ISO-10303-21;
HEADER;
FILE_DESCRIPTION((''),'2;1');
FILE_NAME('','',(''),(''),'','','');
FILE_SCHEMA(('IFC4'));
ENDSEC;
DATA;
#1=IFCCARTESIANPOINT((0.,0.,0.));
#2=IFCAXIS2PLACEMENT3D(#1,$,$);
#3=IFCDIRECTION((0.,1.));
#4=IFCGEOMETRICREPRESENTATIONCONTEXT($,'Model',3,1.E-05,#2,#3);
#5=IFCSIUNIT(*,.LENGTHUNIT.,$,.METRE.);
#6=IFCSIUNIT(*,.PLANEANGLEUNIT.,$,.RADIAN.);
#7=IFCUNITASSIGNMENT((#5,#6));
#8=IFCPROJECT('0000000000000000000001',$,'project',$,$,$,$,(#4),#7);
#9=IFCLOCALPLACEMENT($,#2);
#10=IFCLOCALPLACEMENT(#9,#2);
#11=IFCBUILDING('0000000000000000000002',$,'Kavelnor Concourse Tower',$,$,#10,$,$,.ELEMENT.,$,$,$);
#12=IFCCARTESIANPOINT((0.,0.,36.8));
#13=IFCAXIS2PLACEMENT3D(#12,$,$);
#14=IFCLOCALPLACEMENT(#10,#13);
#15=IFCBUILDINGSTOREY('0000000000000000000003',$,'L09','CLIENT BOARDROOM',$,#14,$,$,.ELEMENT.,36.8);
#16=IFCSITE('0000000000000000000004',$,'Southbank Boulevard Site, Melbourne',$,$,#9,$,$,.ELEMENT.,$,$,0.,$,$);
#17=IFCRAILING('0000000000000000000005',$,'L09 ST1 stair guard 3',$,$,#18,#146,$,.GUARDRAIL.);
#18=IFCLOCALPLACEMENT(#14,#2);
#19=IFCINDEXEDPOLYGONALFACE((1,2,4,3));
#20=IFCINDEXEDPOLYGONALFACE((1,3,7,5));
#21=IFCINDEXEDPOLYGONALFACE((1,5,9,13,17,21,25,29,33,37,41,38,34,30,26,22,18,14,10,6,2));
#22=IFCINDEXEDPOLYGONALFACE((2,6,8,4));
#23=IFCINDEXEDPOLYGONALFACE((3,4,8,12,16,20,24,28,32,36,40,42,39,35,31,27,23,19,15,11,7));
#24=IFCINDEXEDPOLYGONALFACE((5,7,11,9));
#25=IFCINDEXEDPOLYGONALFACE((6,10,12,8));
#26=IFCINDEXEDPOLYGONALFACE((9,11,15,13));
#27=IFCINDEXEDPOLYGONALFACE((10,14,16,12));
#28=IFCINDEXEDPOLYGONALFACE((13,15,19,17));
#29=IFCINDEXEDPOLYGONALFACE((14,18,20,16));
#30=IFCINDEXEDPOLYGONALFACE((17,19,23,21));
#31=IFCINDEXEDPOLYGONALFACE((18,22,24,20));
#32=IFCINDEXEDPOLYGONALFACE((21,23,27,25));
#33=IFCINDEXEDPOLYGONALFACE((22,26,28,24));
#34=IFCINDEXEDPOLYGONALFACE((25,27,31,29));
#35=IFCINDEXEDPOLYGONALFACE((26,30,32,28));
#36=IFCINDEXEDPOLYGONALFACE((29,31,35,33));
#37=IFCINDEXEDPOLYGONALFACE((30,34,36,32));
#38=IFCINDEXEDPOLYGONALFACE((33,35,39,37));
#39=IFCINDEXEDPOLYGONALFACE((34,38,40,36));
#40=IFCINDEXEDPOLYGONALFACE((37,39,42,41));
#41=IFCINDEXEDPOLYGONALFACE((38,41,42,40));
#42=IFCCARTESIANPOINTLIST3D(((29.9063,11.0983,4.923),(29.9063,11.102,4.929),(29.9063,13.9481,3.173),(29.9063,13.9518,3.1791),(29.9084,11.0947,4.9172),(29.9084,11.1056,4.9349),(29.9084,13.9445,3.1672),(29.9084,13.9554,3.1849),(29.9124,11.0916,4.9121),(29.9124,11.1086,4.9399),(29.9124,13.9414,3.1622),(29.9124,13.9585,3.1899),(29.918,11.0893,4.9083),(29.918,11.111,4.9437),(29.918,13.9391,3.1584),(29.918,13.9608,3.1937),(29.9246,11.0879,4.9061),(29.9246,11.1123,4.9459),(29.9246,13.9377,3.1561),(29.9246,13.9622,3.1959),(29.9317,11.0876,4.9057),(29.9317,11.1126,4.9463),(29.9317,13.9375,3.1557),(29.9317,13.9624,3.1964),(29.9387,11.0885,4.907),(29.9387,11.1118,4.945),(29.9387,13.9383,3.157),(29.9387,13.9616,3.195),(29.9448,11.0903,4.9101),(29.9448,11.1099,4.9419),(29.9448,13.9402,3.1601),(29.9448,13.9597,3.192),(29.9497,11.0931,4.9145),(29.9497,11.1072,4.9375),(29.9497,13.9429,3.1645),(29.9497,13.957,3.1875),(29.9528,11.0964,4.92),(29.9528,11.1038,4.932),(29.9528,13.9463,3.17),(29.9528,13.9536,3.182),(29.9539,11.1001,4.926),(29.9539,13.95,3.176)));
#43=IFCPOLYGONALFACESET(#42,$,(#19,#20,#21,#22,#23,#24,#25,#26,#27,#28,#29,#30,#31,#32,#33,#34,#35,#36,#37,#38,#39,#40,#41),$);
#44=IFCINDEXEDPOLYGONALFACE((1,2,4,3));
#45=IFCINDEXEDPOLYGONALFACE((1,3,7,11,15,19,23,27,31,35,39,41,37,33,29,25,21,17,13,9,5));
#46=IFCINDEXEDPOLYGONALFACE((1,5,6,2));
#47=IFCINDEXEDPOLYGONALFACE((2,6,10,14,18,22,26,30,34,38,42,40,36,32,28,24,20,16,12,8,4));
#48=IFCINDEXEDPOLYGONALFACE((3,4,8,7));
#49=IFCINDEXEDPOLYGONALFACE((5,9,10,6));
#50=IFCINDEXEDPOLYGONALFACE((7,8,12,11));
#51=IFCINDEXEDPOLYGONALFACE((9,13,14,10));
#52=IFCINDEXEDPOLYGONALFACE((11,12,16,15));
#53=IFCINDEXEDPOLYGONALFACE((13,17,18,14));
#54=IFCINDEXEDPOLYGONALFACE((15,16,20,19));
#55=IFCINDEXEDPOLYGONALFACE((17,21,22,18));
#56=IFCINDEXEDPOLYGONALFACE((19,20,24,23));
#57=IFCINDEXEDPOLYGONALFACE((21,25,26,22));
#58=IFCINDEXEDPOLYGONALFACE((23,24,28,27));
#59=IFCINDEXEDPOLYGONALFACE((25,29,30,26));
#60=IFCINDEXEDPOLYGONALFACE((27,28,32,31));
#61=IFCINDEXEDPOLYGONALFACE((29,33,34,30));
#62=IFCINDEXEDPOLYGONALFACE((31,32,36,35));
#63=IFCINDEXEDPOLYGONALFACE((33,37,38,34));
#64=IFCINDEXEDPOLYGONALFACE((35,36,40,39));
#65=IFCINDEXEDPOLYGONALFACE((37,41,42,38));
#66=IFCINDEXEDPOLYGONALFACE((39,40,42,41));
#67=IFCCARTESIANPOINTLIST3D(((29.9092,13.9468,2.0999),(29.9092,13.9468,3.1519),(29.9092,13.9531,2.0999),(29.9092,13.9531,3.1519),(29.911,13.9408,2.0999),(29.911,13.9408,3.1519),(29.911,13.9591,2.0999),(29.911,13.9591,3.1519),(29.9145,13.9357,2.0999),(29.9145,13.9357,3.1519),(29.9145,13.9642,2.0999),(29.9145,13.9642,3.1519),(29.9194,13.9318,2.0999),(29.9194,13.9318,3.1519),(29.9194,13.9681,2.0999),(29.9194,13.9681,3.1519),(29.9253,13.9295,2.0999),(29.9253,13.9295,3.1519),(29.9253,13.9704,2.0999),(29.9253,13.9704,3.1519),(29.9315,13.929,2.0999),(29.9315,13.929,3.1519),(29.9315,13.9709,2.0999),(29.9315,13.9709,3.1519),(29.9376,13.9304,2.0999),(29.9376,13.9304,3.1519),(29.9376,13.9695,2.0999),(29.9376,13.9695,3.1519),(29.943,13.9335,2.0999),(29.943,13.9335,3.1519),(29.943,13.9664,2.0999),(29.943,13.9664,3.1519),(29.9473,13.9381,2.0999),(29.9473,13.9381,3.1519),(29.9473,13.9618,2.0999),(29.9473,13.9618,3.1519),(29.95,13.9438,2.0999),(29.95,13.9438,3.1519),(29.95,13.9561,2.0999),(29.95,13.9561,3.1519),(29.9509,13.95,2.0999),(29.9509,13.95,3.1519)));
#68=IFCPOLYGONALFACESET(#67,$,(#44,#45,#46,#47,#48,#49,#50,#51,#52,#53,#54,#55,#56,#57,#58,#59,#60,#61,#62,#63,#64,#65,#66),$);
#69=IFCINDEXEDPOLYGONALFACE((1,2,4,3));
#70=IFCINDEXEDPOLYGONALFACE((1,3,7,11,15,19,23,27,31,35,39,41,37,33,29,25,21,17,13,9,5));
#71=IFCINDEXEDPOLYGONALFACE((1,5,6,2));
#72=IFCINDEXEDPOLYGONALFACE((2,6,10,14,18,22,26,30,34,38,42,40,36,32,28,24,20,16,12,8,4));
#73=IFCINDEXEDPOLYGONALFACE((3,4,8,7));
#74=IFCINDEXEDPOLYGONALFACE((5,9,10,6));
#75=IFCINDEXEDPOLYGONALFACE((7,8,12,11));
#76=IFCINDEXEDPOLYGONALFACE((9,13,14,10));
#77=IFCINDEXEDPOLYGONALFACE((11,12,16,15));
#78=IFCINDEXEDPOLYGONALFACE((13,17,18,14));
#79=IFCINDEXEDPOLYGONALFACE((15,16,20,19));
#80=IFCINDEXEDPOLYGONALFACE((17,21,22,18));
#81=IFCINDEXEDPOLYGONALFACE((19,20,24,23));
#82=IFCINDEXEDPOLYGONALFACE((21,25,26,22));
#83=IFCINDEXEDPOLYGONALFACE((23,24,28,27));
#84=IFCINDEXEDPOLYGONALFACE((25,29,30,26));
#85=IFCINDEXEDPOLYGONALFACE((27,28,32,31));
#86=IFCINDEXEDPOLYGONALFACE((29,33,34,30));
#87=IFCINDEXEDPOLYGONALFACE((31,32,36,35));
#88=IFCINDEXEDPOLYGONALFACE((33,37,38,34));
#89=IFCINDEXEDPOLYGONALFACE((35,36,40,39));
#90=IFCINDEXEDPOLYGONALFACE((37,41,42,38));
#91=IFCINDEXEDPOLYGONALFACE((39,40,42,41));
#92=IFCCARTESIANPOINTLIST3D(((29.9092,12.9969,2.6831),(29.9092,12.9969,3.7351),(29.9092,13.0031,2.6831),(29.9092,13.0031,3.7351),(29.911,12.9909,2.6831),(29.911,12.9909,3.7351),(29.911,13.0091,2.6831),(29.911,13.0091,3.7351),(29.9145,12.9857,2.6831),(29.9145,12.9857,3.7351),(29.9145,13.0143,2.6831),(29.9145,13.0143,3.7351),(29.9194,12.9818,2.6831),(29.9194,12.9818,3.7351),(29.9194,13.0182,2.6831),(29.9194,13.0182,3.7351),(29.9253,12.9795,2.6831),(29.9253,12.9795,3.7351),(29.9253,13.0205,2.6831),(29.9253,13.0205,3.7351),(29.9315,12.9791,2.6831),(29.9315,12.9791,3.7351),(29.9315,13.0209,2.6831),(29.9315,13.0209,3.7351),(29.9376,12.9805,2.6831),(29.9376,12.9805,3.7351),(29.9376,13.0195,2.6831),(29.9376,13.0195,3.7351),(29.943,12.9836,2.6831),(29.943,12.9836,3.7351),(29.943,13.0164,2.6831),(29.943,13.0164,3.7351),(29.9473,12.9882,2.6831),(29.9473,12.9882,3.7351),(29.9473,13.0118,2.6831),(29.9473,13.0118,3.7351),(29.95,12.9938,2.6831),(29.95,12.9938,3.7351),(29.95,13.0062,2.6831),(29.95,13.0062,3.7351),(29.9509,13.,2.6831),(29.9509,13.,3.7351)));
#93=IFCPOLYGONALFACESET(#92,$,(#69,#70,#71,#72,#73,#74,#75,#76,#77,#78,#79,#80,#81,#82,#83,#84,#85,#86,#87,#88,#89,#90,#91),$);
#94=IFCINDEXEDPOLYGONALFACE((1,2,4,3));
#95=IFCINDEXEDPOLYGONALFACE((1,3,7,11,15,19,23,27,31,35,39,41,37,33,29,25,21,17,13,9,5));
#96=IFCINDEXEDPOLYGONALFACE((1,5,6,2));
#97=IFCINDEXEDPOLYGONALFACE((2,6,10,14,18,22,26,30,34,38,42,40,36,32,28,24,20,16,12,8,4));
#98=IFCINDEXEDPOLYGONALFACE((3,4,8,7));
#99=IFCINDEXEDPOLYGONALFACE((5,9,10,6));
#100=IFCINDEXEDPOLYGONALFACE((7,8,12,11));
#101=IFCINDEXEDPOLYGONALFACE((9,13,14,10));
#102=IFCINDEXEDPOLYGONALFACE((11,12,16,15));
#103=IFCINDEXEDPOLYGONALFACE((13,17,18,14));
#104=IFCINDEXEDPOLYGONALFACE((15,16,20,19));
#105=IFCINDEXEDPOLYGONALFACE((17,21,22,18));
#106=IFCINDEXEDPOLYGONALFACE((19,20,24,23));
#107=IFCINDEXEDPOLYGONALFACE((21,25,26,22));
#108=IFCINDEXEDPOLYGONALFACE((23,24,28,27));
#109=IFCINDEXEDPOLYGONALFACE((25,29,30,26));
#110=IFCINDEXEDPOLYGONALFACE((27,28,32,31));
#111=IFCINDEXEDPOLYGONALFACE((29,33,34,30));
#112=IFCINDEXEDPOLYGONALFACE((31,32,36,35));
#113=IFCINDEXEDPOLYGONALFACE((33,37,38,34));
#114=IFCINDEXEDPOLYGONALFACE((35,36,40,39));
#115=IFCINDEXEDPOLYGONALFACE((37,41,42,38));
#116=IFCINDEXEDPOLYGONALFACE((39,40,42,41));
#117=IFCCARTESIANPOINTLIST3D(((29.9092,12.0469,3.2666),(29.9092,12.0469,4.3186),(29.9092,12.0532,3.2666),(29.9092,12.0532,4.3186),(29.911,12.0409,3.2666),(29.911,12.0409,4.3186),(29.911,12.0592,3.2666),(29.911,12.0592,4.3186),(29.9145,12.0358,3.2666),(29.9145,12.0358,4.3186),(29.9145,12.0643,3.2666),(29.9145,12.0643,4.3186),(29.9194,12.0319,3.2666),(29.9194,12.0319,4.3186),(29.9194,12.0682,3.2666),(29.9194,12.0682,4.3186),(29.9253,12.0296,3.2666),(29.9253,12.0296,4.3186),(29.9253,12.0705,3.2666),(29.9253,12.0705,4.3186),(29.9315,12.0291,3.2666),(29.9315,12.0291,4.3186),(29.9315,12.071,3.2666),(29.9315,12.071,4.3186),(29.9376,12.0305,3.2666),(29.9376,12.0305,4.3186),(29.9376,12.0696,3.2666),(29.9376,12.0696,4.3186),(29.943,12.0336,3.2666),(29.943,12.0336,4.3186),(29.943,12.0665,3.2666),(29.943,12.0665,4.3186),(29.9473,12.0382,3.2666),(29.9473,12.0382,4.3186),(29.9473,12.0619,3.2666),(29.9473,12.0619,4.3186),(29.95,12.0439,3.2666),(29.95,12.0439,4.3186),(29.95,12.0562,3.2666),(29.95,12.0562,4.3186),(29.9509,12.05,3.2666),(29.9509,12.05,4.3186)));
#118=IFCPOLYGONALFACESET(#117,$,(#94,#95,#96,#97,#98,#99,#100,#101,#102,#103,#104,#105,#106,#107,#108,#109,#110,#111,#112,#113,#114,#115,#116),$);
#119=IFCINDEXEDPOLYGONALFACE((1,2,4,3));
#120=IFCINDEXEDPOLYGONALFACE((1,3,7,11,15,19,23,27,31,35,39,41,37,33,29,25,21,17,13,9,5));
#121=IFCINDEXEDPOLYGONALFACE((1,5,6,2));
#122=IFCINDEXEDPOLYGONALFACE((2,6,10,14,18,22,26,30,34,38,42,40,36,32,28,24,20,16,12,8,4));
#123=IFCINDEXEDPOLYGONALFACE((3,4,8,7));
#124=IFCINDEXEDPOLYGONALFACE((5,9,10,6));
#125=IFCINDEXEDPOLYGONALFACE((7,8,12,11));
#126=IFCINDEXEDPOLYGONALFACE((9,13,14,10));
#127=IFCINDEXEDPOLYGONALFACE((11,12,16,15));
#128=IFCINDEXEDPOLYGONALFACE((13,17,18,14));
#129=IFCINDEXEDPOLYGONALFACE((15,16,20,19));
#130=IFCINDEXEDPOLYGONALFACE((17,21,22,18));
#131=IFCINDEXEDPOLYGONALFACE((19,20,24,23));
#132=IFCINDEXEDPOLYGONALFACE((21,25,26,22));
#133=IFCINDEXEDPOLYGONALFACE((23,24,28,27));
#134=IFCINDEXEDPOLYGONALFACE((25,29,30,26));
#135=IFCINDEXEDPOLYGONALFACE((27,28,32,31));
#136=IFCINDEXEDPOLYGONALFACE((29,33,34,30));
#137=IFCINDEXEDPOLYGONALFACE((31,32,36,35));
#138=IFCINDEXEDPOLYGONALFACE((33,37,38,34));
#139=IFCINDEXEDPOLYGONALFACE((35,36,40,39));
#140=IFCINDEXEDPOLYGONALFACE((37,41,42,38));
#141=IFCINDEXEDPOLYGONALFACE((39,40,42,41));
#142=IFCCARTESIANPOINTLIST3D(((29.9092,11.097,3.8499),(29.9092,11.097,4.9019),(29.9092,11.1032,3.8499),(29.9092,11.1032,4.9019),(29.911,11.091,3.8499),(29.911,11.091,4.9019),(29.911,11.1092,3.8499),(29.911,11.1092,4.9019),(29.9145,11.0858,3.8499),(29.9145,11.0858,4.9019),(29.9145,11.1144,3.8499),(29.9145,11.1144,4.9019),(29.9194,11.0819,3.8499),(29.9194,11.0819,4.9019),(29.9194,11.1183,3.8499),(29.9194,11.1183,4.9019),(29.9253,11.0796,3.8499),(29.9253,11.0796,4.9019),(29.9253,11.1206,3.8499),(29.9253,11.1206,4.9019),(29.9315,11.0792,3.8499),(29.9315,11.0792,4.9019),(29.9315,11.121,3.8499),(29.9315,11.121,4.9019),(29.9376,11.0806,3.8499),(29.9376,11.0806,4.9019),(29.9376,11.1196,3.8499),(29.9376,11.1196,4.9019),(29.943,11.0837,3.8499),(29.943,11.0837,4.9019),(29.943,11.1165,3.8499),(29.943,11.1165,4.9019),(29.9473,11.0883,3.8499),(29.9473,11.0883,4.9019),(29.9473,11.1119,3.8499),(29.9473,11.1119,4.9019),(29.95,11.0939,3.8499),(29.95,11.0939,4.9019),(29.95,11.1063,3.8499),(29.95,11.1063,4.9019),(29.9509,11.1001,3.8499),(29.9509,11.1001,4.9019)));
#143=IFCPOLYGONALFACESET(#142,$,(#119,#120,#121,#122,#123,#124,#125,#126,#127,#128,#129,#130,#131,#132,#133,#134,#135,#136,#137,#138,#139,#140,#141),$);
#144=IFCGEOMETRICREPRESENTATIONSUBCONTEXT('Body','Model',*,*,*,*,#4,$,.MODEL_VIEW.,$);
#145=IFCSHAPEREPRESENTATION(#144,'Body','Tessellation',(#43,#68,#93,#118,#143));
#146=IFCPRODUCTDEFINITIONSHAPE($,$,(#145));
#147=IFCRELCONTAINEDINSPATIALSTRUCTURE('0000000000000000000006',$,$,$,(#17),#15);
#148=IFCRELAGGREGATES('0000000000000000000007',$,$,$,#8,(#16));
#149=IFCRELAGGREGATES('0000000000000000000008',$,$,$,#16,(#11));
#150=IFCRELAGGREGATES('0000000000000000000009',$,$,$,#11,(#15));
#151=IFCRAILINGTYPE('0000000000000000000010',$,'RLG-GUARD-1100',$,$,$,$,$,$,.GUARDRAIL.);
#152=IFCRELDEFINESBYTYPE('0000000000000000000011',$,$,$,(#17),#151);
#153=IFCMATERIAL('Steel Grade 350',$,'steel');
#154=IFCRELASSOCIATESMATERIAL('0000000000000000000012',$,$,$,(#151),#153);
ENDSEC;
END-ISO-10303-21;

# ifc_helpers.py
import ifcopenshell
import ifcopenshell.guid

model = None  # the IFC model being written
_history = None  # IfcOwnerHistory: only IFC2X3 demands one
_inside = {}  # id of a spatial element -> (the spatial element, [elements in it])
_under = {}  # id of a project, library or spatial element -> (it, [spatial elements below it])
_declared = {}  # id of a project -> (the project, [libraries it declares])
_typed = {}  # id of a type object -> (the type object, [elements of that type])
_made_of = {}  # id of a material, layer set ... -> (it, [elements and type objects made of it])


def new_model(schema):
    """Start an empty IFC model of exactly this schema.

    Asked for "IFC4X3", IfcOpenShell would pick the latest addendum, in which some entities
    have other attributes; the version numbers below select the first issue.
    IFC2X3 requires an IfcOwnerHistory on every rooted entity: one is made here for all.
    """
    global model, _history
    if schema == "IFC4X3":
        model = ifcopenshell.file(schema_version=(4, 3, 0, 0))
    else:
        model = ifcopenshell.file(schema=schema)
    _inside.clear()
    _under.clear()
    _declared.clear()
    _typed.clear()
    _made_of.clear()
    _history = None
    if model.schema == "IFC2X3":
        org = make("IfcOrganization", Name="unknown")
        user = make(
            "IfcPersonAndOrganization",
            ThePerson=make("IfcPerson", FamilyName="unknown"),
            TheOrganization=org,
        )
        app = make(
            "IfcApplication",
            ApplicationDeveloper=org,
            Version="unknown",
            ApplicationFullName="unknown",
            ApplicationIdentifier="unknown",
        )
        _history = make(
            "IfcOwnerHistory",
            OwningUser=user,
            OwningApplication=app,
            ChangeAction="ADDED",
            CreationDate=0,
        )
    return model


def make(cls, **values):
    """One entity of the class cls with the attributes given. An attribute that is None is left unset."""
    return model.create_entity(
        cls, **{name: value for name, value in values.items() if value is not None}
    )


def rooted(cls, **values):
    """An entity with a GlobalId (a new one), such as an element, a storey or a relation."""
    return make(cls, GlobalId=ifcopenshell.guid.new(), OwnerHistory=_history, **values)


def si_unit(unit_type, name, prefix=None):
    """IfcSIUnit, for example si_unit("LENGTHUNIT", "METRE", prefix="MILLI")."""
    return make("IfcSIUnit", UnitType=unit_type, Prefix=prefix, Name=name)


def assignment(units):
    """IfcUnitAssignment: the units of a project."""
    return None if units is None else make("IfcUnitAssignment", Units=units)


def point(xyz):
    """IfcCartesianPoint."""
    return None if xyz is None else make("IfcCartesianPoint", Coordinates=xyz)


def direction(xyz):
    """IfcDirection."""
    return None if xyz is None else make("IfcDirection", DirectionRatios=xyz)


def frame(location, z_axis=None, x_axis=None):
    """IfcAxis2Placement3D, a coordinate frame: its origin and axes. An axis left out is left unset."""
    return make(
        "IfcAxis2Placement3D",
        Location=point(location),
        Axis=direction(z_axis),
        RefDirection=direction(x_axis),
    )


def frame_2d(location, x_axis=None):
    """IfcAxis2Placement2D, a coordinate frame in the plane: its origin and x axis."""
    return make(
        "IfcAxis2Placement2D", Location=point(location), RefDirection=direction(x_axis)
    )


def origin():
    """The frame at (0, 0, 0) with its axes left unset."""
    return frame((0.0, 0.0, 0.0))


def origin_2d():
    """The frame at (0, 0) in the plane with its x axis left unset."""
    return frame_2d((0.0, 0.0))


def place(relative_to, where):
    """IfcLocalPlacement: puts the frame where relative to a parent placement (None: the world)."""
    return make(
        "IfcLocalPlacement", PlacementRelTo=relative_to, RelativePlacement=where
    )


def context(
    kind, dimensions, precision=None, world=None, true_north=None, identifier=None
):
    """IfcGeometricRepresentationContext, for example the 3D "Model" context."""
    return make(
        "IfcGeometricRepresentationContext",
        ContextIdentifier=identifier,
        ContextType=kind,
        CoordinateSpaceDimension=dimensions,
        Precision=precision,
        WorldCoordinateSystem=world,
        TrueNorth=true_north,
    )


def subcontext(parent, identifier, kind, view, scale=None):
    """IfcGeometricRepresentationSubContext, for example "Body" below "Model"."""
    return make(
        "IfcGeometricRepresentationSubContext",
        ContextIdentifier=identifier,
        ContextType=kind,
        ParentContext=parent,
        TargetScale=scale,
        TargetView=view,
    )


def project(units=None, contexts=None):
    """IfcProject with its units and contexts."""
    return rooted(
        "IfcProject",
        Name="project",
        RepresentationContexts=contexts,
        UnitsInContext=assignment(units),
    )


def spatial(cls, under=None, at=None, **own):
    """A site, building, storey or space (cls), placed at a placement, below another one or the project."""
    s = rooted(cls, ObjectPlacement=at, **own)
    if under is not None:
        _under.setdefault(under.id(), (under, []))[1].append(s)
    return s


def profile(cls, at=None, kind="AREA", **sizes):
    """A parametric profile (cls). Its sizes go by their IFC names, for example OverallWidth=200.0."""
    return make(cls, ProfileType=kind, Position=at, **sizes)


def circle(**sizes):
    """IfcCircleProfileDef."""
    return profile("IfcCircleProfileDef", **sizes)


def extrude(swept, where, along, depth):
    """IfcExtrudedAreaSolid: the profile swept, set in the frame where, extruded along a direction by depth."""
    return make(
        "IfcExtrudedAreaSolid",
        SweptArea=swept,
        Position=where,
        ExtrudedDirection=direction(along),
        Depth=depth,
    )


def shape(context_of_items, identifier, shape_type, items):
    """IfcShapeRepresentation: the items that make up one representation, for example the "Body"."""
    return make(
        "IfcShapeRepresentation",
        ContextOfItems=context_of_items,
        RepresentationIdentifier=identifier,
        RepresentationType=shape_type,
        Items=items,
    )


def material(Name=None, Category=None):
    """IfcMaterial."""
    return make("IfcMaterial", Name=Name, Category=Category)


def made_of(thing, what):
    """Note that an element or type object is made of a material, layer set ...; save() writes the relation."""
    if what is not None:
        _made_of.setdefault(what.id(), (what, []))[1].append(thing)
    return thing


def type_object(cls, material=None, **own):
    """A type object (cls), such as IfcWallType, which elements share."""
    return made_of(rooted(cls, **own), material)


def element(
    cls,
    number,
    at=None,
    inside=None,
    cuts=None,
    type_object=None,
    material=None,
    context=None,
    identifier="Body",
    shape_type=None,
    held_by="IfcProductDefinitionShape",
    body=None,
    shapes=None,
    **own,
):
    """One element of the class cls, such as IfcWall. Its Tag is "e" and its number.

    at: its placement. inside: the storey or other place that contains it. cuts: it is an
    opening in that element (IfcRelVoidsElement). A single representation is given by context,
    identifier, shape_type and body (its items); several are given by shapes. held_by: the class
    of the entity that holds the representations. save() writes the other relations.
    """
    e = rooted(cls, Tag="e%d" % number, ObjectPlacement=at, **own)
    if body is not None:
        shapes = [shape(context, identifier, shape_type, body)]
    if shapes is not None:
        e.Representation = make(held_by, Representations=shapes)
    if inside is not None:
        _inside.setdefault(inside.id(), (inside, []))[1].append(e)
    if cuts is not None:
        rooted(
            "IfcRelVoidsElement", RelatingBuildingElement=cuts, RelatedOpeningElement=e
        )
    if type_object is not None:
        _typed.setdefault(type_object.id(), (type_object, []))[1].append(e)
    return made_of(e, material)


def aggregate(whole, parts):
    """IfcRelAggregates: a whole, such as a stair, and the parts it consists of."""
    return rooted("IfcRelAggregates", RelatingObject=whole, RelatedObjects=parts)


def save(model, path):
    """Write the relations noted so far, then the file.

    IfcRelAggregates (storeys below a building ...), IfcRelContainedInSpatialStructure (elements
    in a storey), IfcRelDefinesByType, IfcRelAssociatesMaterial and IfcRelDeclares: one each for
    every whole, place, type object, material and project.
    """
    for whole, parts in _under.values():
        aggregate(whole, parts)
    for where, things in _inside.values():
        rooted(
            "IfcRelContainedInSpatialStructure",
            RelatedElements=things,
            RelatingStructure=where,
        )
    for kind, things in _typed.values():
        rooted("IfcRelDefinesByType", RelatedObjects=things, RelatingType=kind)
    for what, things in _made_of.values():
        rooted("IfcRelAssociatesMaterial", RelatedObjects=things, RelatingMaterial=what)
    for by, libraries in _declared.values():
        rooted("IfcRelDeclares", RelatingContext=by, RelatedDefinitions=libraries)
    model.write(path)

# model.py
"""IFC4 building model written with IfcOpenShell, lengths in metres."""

from ifc_helpers import new_model, si_unit, direction, frame, origin, origin_2d, place, context, subcontext, project, spatial, circle, extrude, material, type_object, element, save


model = new_model("IFC4")

# Units and contexts
model_context = context("Model", 3, precision=1e-05, world=origin(), true_north=direction((0.0, 1.0)))
body_context = subcontext(model_context, "Body", "Model", "MODEL_VIEW")
ifc_project = project(units=[si_unit("LENGTHUNIT", "METRE"), si_unit("PLANEANGLEUNIT", "RADIAN")], contexts=[model_context])

# Site, building, storey
site_placement = place(None, origin())
site = spatial("IfcSite", under=ifc_project, at=site_placement, Name="Southbank Boulevard Site, Melbourne", CompositionType="ELEMENT", RefElevation=0.0)
building_placement = place(site_placement, origin())
building = spatial("IfcBuilding", under=site, at=building_placement, Name="Kavelnor Concourse Tower", CompositionType="ELEMENT")
storey_placement = place(building_placement, frame((0.0, 0.0, 36.8)))
storey = spatial("IfcBuildingStorey", under=building, at=storey_placement, Name="L09", Description="CLIENT BOARDROOM", CompositionType="ELEMENT", Elevation=36.8)

# Shared definitions
ifc_material_1 = material(Name="Steel Grade 350", Category="steel")

# Railing
railing_type_1 = type_object("IfcRailingType", Name="RLG-GUARD-1100", PredefinedType="GUARDRAIL", material=ifc_material_1)
railing_1_placement = place(storey_placement, frame((29.9299, 13.95, 2.0999)))
element("IfcRailing", 1, at=railing_1_placement, inside=storey, type_object=railing_type_1, Name="L09 ST1 stair guard 3", PredefinedType="GUARDRAIL", context=body_context, shape_type="SweptSolid", body=[
    extrude(circle(Radius=0.0239, at=origin_2d()), frame((0.0, 0.0, 1.0762), z_axis=(0.0, -0.852159, 0.523283), x_axis=(1.0, 0.0, 0.0)), (0.0, 0.0, 1.0), 3.3442),
    extrude(circle(Radius=0.021, at=origin_2d()), origin(), (0.0, 0.0, 1.0), 1.052),
    extrude(circle(Radius=0.021, at=origin_2d()), frame((0.0, -0.95, 0.5833)), (0.0, 0.0, 1.0), 1.052),
    extrude(circle(Radius=0.021, at=origin_2d()), frame((0.0, -1.8999, 1.1667)), (0.0, 0.0, 1.0), 1.052),
    extrude(circle(Radius=0.021, at=origin_2d()), frame((0.0, -2.8499, 1.75)), (0.0, 0.0, 1.0), 1.052),
])

save(model, "model.ifc")
